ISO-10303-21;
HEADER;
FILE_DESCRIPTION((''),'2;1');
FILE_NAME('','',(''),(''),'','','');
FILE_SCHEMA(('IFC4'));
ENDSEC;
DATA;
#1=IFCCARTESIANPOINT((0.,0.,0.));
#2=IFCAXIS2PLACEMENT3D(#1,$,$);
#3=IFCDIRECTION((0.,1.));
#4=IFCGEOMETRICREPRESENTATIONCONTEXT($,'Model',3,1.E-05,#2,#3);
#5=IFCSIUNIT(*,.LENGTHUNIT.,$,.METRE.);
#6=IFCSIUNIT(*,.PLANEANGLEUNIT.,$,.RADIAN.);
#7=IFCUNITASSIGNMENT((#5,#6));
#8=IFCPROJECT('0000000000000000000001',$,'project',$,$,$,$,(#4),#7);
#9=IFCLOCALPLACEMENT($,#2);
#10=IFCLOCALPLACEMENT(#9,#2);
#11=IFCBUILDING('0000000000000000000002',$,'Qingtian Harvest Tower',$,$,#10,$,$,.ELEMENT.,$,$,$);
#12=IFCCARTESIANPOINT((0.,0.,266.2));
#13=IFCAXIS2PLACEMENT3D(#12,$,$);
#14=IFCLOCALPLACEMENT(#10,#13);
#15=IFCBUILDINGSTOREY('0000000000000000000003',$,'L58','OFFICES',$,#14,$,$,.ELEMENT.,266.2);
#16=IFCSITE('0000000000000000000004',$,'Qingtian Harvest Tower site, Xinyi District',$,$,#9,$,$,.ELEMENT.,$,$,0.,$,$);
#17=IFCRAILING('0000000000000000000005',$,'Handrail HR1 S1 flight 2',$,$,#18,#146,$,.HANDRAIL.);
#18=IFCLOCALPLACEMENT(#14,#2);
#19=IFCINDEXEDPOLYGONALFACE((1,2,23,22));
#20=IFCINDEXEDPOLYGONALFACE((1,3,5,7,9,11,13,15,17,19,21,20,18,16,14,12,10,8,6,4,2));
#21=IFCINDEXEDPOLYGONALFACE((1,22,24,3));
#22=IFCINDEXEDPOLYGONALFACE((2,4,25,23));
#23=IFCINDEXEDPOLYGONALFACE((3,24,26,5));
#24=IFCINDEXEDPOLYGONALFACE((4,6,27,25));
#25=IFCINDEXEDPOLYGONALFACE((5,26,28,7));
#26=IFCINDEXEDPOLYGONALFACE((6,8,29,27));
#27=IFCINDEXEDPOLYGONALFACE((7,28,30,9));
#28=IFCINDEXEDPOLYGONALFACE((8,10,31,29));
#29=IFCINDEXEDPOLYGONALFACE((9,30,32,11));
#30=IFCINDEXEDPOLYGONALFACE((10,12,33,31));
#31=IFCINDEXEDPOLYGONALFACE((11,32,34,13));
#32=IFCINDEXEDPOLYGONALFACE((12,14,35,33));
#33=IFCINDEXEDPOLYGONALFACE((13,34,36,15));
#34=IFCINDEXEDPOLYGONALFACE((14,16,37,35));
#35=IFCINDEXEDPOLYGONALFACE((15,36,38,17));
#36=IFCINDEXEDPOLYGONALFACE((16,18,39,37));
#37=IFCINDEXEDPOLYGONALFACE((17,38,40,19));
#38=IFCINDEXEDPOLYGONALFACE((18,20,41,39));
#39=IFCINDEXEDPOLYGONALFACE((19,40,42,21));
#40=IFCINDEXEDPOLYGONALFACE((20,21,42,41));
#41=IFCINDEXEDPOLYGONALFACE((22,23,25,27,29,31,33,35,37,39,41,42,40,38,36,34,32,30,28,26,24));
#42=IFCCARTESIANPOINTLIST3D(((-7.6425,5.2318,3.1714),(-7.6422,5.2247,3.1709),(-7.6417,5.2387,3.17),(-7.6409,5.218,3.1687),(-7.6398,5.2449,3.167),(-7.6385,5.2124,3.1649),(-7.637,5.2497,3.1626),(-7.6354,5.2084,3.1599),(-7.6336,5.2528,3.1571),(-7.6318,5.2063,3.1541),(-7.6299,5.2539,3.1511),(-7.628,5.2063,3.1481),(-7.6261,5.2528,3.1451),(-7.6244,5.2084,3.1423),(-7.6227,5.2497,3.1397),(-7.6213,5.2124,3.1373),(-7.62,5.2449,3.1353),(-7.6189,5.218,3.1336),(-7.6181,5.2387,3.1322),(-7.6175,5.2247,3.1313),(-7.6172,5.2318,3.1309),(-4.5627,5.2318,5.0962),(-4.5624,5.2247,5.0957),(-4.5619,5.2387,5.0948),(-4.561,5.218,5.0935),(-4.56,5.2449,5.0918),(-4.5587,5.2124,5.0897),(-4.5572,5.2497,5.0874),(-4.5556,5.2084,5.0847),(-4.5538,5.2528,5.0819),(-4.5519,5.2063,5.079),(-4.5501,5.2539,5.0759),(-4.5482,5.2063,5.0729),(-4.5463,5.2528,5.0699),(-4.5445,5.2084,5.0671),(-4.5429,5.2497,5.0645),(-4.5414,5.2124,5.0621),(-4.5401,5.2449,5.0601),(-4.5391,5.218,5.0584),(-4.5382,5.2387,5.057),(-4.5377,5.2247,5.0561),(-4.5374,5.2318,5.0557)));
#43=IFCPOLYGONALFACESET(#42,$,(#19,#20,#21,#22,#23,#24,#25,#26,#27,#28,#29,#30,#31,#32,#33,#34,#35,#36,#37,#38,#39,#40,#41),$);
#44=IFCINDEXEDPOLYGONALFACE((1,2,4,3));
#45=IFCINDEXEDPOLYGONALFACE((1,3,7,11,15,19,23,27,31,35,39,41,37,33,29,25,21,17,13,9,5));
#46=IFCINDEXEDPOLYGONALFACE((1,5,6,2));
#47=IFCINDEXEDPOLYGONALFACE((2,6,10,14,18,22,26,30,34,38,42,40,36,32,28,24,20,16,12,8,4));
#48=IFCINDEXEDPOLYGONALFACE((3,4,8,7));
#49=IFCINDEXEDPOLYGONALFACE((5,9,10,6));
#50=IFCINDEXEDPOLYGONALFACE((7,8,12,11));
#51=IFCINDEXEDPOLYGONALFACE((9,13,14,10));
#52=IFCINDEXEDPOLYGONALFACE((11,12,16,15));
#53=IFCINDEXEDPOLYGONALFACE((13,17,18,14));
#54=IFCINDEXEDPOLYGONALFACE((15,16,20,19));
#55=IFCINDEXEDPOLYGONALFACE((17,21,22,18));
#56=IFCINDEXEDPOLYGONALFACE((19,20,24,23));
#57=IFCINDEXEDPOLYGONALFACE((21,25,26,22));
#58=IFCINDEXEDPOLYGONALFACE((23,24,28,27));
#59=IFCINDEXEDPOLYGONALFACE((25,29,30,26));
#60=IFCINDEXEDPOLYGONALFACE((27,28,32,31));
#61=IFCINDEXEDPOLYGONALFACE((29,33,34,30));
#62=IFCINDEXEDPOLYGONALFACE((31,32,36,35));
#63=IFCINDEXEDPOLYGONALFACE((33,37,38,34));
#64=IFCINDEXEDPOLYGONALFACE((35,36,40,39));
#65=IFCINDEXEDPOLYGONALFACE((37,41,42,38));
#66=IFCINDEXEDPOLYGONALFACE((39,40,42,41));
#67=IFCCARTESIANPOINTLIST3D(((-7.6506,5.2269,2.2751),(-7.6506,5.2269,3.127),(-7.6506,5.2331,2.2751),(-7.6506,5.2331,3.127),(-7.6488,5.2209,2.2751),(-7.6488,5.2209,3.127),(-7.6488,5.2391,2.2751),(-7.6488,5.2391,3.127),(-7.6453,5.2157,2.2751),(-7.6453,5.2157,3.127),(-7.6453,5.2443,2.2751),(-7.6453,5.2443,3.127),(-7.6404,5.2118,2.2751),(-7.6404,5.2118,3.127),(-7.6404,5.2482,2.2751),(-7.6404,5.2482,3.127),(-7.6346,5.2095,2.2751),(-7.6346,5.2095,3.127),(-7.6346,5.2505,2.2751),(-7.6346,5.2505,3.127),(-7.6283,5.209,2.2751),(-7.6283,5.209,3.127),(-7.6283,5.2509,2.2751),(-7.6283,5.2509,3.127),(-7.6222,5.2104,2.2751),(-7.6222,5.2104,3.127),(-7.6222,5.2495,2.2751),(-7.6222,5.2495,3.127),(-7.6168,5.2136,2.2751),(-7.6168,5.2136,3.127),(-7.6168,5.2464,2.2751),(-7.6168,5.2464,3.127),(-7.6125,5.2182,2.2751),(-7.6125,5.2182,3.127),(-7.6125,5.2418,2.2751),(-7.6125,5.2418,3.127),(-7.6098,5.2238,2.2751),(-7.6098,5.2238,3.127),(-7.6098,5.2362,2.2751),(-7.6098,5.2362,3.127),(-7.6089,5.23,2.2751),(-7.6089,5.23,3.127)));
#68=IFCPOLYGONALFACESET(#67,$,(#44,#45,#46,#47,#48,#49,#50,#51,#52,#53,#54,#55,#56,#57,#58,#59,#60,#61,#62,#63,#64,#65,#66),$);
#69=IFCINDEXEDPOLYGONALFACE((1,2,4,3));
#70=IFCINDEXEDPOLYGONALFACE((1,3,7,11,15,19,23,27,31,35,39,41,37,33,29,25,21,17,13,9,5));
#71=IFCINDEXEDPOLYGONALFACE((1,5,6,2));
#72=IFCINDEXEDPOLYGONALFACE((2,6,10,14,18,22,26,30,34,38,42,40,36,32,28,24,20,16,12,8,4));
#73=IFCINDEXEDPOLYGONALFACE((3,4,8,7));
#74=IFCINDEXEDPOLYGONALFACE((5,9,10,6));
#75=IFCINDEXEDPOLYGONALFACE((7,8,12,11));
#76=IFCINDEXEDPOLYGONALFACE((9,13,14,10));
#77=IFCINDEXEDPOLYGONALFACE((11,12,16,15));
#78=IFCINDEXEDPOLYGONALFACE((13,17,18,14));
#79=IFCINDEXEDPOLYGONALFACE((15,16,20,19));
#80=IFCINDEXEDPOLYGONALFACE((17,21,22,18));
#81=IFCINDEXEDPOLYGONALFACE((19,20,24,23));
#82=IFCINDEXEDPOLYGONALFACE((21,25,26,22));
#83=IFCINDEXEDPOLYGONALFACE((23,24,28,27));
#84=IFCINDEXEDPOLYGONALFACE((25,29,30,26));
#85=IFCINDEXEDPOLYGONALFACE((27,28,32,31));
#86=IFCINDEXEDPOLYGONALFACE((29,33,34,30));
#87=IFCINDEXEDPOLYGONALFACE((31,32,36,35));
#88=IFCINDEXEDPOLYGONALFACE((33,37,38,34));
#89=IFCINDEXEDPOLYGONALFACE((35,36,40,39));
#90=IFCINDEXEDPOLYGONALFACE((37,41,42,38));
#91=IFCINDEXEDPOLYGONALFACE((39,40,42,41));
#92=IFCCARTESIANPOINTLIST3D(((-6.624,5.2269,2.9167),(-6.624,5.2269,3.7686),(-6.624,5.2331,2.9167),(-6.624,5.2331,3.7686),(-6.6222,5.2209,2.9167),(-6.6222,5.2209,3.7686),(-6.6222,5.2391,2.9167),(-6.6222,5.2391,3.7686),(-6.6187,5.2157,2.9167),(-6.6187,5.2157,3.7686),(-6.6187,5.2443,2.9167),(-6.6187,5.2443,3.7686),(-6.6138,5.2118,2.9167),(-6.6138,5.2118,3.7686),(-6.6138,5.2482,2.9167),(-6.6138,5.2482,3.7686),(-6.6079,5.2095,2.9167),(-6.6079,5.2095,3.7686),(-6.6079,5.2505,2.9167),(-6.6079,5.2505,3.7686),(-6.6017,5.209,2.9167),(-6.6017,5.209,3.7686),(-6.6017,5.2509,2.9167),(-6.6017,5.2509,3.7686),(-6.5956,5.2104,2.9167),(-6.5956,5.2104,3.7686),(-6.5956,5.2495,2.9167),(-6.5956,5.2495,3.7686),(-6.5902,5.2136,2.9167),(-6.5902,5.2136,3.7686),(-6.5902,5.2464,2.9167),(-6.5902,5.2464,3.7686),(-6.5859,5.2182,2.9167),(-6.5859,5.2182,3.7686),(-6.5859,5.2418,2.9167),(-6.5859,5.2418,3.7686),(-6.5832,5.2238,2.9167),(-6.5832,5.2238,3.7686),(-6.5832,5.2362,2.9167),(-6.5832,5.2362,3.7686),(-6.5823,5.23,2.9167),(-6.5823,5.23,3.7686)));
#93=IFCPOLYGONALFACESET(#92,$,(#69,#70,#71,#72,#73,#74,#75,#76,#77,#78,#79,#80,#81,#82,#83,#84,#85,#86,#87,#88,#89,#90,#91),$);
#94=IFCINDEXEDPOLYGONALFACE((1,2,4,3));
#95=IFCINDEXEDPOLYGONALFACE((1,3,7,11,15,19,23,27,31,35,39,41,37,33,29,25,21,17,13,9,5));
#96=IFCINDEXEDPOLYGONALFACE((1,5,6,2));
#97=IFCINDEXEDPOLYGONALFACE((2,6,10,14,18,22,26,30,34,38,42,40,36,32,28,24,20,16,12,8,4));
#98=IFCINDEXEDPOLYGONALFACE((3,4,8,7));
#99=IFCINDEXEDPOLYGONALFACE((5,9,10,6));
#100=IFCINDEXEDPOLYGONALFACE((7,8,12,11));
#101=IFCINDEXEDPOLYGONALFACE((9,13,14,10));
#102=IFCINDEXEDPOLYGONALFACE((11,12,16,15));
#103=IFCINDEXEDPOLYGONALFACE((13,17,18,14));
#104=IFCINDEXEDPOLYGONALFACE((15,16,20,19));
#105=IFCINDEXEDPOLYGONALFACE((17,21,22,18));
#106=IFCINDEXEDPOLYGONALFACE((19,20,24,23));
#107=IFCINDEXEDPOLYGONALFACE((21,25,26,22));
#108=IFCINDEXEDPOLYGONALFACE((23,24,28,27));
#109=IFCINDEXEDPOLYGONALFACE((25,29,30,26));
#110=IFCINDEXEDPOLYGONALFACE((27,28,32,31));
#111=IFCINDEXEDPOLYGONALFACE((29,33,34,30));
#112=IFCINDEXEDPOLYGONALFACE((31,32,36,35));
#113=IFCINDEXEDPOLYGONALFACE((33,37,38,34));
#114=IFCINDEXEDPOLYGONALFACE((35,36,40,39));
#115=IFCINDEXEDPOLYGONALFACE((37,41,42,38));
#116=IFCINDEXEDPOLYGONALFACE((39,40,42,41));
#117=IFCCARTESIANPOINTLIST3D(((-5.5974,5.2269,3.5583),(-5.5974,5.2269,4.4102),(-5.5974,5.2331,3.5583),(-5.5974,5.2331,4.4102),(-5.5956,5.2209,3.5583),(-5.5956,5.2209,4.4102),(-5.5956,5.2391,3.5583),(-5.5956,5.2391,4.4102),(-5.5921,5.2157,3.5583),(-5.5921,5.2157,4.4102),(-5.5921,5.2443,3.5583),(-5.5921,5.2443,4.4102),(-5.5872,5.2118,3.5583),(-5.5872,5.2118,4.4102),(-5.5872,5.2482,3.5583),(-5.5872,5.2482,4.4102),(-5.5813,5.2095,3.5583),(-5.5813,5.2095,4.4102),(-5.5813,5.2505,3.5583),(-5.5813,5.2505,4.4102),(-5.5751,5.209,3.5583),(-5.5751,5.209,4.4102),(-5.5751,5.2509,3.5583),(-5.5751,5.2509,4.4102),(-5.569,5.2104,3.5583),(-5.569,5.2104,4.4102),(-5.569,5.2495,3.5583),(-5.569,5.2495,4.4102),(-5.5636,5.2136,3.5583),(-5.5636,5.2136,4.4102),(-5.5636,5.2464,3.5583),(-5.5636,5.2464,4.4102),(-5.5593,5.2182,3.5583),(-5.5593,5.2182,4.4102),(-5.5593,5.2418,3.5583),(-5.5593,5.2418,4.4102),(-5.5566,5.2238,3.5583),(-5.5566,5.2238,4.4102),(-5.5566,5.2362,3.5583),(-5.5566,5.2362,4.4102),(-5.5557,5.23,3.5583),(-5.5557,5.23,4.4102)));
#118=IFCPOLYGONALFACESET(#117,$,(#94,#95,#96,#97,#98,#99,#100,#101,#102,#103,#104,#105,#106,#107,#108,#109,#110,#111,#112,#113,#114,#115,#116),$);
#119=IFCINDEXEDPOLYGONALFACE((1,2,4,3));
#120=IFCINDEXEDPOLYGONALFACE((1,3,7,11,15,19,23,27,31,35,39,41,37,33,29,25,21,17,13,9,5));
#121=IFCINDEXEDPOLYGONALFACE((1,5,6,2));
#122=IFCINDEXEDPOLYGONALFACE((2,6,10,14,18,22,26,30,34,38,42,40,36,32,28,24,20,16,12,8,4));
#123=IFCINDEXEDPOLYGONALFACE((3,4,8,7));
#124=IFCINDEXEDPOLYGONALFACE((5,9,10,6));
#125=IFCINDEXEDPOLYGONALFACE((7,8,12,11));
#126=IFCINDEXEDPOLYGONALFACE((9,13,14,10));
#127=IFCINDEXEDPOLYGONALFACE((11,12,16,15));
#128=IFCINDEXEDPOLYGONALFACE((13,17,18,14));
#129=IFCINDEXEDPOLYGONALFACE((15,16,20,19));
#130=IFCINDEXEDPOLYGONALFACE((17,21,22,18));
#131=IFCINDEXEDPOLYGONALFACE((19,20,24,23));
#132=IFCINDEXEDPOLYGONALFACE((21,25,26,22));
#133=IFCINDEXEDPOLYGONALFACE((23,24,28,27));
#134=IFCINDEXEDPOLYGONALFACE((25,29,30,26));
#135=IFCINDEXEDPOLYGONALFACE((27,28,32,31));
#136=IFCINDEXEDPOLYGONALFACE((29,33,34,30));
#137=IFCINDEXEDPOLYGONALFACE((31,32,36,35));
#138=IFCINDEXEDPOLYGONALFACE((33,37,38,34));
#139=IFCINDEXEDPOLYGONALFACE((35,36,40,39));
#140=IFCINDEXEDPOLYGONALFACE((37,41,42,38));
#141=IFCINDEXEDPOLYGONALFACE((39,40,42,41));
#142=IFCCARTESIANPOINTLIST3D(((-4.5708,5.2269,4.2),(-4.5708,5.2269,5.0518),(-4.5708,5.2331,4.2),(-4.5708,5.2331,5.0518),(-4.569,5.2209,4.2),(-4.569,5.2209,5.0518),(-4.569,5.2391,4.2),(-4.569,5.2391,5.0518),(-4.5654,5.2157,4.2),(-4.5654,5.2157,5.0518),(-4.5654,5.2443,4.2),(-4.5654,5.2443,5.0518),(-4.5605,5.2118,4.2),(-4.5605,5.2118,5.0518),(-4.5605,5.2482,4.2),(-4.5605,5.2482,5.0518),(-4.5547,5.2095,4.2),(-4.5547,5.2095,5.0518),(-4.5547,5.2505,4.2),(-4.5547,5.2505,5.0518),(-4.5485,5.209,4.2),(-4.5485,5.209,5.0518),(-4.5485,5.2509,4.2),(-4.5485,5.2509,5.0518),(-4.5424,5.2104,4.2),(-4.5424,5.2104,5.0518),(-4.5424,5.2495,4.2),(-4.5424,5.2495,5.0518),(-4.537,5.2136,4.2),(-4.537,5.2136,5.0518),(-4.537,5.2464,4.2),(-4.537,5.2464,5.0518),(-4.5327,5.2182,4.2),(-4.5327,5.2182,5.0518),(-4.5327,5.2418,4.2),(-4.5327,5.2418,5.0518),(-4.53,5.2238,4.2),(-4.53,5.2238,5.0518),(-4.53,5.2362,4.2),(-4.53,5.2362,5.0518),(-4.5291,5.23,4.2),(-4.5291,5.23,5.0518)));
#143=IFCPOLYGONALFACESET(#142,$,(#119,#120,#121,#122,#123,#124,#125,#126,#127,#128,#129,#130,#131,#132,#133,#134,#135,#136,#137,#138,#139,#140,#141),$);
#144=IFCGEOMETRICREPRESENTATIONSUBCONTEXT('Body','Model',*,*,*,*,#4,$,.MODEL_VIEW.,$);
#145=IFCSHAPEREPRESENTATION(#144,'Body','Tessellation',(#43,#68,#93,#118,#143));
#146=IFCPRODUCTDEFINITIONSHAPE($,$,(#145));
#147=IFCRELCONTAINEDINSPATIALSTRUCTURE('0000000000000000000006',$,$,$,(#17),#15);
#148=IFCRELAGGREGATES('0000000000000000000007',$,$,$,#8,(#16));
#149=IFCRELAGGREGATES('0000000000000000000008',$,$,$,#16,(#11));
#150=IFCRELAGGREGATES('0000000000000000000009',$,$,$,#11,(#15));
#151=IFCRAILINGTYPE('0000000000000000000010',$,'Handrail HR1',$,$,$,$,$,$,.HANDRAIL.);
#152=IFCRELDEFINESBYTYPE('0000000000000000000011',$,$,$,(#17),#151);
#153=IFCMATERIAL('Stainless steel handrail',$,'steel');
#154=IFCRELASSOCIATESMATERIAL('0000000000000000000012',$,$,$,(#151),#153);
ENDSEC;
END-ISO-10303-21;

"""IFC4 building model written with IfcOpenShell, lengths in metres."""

from ifc_helpers import new_model, si_unit, direction, frame, origin, origin_2d, place, context, subcontext, project, spatial, circle, extrude, material, type_object, element, save


model = new_model("IFC4")

# Units and contexts
model_context = context("Model", 3, precision=1e-05, world=origin(), true_north=direction((0.0, 1.0)))
body_context = subcontext(model_context, "Body", "Model", "MODEL_VIEW")
ifc_project = project(units=[si_unit("LENGTHUNIT", "METRE"), si_unit("PLANEANGLEUNIT", "RADIAN")], contexts=[model_context])

# Site, building, storey
site_placement = place(None, origin())
site = spatial("IfcSite", under=ifc_project, at=site_placement, Name="Qingtian Harvest Tower site, Xinyi District", CompositionType="ELEMENT", RefElevation=0.0)
building_placement = place(site_placement, origin())
building = spatial("IfcBuilding", under=site, at=building_placement, Name="Qingtian Harvest Tower", CompositionType="ELEMENT")
storey_placement = place(building_placement, frame((0.0, 0.0, 266.2)))
storey = spatial("IfcBuildingStorey", under=building, at=storey_placement, Name="L58", Description="OFFICES", CompositionType="ELEMENT", Elevation=266.2)

# Railing
ifc_material_1 = material(Name="Stainless steel handrail", Category="steel")
railing_type = type_object("IfcRailingType", Name="Handrail HR1", PredefinedType="HANDRAIL", material=ifc_material_1)
railing_1_placement = place(storey_placement, frame((-7.6299, 5.23, 2.2751)))
element("IfcRailing", 1, at=railing_1_placement, inside=storey, type_object=railing_type, Name="Handrail HR1 S1 flight 2", PredefinedType="HANDRAIL", context=body_context, shape_type="SweptSolid", body=[
    extrude(circle(Radius=0.0239, at=origin_2d()), frame((0.0, 0.0, 0.876), z_axis=(0.84801, 0.0, 0.529981), x_axis=(0.0, 1.0, 0.0)), (0.0, 0.0, 1.0), 3.6318),
    extrude(circle(Radius=0.021, at=origin_2d()), origin(), (0.0, 0.0, 1.0), 0.8518),
    extrude(circle(Radius=0.021, at=origin_2d()), frame((1.0266, 0.0, 0.6416)), (0.0, 0.0, 1.0), 0.8518),
    extrude(circle(Radius=0.021, at=origin_2d()), frame((2.0532, 0.0, 1.2832)), (0.0, 0.0, 1.0), 0.8518),
    extrude(circle(Radius=0.021, at=origin_2d()), frame((3.0798, 0.0, 1.9248)), (0.0, 0.0, 1.0), 0.8518),
])

save(model, "model.ifc")
